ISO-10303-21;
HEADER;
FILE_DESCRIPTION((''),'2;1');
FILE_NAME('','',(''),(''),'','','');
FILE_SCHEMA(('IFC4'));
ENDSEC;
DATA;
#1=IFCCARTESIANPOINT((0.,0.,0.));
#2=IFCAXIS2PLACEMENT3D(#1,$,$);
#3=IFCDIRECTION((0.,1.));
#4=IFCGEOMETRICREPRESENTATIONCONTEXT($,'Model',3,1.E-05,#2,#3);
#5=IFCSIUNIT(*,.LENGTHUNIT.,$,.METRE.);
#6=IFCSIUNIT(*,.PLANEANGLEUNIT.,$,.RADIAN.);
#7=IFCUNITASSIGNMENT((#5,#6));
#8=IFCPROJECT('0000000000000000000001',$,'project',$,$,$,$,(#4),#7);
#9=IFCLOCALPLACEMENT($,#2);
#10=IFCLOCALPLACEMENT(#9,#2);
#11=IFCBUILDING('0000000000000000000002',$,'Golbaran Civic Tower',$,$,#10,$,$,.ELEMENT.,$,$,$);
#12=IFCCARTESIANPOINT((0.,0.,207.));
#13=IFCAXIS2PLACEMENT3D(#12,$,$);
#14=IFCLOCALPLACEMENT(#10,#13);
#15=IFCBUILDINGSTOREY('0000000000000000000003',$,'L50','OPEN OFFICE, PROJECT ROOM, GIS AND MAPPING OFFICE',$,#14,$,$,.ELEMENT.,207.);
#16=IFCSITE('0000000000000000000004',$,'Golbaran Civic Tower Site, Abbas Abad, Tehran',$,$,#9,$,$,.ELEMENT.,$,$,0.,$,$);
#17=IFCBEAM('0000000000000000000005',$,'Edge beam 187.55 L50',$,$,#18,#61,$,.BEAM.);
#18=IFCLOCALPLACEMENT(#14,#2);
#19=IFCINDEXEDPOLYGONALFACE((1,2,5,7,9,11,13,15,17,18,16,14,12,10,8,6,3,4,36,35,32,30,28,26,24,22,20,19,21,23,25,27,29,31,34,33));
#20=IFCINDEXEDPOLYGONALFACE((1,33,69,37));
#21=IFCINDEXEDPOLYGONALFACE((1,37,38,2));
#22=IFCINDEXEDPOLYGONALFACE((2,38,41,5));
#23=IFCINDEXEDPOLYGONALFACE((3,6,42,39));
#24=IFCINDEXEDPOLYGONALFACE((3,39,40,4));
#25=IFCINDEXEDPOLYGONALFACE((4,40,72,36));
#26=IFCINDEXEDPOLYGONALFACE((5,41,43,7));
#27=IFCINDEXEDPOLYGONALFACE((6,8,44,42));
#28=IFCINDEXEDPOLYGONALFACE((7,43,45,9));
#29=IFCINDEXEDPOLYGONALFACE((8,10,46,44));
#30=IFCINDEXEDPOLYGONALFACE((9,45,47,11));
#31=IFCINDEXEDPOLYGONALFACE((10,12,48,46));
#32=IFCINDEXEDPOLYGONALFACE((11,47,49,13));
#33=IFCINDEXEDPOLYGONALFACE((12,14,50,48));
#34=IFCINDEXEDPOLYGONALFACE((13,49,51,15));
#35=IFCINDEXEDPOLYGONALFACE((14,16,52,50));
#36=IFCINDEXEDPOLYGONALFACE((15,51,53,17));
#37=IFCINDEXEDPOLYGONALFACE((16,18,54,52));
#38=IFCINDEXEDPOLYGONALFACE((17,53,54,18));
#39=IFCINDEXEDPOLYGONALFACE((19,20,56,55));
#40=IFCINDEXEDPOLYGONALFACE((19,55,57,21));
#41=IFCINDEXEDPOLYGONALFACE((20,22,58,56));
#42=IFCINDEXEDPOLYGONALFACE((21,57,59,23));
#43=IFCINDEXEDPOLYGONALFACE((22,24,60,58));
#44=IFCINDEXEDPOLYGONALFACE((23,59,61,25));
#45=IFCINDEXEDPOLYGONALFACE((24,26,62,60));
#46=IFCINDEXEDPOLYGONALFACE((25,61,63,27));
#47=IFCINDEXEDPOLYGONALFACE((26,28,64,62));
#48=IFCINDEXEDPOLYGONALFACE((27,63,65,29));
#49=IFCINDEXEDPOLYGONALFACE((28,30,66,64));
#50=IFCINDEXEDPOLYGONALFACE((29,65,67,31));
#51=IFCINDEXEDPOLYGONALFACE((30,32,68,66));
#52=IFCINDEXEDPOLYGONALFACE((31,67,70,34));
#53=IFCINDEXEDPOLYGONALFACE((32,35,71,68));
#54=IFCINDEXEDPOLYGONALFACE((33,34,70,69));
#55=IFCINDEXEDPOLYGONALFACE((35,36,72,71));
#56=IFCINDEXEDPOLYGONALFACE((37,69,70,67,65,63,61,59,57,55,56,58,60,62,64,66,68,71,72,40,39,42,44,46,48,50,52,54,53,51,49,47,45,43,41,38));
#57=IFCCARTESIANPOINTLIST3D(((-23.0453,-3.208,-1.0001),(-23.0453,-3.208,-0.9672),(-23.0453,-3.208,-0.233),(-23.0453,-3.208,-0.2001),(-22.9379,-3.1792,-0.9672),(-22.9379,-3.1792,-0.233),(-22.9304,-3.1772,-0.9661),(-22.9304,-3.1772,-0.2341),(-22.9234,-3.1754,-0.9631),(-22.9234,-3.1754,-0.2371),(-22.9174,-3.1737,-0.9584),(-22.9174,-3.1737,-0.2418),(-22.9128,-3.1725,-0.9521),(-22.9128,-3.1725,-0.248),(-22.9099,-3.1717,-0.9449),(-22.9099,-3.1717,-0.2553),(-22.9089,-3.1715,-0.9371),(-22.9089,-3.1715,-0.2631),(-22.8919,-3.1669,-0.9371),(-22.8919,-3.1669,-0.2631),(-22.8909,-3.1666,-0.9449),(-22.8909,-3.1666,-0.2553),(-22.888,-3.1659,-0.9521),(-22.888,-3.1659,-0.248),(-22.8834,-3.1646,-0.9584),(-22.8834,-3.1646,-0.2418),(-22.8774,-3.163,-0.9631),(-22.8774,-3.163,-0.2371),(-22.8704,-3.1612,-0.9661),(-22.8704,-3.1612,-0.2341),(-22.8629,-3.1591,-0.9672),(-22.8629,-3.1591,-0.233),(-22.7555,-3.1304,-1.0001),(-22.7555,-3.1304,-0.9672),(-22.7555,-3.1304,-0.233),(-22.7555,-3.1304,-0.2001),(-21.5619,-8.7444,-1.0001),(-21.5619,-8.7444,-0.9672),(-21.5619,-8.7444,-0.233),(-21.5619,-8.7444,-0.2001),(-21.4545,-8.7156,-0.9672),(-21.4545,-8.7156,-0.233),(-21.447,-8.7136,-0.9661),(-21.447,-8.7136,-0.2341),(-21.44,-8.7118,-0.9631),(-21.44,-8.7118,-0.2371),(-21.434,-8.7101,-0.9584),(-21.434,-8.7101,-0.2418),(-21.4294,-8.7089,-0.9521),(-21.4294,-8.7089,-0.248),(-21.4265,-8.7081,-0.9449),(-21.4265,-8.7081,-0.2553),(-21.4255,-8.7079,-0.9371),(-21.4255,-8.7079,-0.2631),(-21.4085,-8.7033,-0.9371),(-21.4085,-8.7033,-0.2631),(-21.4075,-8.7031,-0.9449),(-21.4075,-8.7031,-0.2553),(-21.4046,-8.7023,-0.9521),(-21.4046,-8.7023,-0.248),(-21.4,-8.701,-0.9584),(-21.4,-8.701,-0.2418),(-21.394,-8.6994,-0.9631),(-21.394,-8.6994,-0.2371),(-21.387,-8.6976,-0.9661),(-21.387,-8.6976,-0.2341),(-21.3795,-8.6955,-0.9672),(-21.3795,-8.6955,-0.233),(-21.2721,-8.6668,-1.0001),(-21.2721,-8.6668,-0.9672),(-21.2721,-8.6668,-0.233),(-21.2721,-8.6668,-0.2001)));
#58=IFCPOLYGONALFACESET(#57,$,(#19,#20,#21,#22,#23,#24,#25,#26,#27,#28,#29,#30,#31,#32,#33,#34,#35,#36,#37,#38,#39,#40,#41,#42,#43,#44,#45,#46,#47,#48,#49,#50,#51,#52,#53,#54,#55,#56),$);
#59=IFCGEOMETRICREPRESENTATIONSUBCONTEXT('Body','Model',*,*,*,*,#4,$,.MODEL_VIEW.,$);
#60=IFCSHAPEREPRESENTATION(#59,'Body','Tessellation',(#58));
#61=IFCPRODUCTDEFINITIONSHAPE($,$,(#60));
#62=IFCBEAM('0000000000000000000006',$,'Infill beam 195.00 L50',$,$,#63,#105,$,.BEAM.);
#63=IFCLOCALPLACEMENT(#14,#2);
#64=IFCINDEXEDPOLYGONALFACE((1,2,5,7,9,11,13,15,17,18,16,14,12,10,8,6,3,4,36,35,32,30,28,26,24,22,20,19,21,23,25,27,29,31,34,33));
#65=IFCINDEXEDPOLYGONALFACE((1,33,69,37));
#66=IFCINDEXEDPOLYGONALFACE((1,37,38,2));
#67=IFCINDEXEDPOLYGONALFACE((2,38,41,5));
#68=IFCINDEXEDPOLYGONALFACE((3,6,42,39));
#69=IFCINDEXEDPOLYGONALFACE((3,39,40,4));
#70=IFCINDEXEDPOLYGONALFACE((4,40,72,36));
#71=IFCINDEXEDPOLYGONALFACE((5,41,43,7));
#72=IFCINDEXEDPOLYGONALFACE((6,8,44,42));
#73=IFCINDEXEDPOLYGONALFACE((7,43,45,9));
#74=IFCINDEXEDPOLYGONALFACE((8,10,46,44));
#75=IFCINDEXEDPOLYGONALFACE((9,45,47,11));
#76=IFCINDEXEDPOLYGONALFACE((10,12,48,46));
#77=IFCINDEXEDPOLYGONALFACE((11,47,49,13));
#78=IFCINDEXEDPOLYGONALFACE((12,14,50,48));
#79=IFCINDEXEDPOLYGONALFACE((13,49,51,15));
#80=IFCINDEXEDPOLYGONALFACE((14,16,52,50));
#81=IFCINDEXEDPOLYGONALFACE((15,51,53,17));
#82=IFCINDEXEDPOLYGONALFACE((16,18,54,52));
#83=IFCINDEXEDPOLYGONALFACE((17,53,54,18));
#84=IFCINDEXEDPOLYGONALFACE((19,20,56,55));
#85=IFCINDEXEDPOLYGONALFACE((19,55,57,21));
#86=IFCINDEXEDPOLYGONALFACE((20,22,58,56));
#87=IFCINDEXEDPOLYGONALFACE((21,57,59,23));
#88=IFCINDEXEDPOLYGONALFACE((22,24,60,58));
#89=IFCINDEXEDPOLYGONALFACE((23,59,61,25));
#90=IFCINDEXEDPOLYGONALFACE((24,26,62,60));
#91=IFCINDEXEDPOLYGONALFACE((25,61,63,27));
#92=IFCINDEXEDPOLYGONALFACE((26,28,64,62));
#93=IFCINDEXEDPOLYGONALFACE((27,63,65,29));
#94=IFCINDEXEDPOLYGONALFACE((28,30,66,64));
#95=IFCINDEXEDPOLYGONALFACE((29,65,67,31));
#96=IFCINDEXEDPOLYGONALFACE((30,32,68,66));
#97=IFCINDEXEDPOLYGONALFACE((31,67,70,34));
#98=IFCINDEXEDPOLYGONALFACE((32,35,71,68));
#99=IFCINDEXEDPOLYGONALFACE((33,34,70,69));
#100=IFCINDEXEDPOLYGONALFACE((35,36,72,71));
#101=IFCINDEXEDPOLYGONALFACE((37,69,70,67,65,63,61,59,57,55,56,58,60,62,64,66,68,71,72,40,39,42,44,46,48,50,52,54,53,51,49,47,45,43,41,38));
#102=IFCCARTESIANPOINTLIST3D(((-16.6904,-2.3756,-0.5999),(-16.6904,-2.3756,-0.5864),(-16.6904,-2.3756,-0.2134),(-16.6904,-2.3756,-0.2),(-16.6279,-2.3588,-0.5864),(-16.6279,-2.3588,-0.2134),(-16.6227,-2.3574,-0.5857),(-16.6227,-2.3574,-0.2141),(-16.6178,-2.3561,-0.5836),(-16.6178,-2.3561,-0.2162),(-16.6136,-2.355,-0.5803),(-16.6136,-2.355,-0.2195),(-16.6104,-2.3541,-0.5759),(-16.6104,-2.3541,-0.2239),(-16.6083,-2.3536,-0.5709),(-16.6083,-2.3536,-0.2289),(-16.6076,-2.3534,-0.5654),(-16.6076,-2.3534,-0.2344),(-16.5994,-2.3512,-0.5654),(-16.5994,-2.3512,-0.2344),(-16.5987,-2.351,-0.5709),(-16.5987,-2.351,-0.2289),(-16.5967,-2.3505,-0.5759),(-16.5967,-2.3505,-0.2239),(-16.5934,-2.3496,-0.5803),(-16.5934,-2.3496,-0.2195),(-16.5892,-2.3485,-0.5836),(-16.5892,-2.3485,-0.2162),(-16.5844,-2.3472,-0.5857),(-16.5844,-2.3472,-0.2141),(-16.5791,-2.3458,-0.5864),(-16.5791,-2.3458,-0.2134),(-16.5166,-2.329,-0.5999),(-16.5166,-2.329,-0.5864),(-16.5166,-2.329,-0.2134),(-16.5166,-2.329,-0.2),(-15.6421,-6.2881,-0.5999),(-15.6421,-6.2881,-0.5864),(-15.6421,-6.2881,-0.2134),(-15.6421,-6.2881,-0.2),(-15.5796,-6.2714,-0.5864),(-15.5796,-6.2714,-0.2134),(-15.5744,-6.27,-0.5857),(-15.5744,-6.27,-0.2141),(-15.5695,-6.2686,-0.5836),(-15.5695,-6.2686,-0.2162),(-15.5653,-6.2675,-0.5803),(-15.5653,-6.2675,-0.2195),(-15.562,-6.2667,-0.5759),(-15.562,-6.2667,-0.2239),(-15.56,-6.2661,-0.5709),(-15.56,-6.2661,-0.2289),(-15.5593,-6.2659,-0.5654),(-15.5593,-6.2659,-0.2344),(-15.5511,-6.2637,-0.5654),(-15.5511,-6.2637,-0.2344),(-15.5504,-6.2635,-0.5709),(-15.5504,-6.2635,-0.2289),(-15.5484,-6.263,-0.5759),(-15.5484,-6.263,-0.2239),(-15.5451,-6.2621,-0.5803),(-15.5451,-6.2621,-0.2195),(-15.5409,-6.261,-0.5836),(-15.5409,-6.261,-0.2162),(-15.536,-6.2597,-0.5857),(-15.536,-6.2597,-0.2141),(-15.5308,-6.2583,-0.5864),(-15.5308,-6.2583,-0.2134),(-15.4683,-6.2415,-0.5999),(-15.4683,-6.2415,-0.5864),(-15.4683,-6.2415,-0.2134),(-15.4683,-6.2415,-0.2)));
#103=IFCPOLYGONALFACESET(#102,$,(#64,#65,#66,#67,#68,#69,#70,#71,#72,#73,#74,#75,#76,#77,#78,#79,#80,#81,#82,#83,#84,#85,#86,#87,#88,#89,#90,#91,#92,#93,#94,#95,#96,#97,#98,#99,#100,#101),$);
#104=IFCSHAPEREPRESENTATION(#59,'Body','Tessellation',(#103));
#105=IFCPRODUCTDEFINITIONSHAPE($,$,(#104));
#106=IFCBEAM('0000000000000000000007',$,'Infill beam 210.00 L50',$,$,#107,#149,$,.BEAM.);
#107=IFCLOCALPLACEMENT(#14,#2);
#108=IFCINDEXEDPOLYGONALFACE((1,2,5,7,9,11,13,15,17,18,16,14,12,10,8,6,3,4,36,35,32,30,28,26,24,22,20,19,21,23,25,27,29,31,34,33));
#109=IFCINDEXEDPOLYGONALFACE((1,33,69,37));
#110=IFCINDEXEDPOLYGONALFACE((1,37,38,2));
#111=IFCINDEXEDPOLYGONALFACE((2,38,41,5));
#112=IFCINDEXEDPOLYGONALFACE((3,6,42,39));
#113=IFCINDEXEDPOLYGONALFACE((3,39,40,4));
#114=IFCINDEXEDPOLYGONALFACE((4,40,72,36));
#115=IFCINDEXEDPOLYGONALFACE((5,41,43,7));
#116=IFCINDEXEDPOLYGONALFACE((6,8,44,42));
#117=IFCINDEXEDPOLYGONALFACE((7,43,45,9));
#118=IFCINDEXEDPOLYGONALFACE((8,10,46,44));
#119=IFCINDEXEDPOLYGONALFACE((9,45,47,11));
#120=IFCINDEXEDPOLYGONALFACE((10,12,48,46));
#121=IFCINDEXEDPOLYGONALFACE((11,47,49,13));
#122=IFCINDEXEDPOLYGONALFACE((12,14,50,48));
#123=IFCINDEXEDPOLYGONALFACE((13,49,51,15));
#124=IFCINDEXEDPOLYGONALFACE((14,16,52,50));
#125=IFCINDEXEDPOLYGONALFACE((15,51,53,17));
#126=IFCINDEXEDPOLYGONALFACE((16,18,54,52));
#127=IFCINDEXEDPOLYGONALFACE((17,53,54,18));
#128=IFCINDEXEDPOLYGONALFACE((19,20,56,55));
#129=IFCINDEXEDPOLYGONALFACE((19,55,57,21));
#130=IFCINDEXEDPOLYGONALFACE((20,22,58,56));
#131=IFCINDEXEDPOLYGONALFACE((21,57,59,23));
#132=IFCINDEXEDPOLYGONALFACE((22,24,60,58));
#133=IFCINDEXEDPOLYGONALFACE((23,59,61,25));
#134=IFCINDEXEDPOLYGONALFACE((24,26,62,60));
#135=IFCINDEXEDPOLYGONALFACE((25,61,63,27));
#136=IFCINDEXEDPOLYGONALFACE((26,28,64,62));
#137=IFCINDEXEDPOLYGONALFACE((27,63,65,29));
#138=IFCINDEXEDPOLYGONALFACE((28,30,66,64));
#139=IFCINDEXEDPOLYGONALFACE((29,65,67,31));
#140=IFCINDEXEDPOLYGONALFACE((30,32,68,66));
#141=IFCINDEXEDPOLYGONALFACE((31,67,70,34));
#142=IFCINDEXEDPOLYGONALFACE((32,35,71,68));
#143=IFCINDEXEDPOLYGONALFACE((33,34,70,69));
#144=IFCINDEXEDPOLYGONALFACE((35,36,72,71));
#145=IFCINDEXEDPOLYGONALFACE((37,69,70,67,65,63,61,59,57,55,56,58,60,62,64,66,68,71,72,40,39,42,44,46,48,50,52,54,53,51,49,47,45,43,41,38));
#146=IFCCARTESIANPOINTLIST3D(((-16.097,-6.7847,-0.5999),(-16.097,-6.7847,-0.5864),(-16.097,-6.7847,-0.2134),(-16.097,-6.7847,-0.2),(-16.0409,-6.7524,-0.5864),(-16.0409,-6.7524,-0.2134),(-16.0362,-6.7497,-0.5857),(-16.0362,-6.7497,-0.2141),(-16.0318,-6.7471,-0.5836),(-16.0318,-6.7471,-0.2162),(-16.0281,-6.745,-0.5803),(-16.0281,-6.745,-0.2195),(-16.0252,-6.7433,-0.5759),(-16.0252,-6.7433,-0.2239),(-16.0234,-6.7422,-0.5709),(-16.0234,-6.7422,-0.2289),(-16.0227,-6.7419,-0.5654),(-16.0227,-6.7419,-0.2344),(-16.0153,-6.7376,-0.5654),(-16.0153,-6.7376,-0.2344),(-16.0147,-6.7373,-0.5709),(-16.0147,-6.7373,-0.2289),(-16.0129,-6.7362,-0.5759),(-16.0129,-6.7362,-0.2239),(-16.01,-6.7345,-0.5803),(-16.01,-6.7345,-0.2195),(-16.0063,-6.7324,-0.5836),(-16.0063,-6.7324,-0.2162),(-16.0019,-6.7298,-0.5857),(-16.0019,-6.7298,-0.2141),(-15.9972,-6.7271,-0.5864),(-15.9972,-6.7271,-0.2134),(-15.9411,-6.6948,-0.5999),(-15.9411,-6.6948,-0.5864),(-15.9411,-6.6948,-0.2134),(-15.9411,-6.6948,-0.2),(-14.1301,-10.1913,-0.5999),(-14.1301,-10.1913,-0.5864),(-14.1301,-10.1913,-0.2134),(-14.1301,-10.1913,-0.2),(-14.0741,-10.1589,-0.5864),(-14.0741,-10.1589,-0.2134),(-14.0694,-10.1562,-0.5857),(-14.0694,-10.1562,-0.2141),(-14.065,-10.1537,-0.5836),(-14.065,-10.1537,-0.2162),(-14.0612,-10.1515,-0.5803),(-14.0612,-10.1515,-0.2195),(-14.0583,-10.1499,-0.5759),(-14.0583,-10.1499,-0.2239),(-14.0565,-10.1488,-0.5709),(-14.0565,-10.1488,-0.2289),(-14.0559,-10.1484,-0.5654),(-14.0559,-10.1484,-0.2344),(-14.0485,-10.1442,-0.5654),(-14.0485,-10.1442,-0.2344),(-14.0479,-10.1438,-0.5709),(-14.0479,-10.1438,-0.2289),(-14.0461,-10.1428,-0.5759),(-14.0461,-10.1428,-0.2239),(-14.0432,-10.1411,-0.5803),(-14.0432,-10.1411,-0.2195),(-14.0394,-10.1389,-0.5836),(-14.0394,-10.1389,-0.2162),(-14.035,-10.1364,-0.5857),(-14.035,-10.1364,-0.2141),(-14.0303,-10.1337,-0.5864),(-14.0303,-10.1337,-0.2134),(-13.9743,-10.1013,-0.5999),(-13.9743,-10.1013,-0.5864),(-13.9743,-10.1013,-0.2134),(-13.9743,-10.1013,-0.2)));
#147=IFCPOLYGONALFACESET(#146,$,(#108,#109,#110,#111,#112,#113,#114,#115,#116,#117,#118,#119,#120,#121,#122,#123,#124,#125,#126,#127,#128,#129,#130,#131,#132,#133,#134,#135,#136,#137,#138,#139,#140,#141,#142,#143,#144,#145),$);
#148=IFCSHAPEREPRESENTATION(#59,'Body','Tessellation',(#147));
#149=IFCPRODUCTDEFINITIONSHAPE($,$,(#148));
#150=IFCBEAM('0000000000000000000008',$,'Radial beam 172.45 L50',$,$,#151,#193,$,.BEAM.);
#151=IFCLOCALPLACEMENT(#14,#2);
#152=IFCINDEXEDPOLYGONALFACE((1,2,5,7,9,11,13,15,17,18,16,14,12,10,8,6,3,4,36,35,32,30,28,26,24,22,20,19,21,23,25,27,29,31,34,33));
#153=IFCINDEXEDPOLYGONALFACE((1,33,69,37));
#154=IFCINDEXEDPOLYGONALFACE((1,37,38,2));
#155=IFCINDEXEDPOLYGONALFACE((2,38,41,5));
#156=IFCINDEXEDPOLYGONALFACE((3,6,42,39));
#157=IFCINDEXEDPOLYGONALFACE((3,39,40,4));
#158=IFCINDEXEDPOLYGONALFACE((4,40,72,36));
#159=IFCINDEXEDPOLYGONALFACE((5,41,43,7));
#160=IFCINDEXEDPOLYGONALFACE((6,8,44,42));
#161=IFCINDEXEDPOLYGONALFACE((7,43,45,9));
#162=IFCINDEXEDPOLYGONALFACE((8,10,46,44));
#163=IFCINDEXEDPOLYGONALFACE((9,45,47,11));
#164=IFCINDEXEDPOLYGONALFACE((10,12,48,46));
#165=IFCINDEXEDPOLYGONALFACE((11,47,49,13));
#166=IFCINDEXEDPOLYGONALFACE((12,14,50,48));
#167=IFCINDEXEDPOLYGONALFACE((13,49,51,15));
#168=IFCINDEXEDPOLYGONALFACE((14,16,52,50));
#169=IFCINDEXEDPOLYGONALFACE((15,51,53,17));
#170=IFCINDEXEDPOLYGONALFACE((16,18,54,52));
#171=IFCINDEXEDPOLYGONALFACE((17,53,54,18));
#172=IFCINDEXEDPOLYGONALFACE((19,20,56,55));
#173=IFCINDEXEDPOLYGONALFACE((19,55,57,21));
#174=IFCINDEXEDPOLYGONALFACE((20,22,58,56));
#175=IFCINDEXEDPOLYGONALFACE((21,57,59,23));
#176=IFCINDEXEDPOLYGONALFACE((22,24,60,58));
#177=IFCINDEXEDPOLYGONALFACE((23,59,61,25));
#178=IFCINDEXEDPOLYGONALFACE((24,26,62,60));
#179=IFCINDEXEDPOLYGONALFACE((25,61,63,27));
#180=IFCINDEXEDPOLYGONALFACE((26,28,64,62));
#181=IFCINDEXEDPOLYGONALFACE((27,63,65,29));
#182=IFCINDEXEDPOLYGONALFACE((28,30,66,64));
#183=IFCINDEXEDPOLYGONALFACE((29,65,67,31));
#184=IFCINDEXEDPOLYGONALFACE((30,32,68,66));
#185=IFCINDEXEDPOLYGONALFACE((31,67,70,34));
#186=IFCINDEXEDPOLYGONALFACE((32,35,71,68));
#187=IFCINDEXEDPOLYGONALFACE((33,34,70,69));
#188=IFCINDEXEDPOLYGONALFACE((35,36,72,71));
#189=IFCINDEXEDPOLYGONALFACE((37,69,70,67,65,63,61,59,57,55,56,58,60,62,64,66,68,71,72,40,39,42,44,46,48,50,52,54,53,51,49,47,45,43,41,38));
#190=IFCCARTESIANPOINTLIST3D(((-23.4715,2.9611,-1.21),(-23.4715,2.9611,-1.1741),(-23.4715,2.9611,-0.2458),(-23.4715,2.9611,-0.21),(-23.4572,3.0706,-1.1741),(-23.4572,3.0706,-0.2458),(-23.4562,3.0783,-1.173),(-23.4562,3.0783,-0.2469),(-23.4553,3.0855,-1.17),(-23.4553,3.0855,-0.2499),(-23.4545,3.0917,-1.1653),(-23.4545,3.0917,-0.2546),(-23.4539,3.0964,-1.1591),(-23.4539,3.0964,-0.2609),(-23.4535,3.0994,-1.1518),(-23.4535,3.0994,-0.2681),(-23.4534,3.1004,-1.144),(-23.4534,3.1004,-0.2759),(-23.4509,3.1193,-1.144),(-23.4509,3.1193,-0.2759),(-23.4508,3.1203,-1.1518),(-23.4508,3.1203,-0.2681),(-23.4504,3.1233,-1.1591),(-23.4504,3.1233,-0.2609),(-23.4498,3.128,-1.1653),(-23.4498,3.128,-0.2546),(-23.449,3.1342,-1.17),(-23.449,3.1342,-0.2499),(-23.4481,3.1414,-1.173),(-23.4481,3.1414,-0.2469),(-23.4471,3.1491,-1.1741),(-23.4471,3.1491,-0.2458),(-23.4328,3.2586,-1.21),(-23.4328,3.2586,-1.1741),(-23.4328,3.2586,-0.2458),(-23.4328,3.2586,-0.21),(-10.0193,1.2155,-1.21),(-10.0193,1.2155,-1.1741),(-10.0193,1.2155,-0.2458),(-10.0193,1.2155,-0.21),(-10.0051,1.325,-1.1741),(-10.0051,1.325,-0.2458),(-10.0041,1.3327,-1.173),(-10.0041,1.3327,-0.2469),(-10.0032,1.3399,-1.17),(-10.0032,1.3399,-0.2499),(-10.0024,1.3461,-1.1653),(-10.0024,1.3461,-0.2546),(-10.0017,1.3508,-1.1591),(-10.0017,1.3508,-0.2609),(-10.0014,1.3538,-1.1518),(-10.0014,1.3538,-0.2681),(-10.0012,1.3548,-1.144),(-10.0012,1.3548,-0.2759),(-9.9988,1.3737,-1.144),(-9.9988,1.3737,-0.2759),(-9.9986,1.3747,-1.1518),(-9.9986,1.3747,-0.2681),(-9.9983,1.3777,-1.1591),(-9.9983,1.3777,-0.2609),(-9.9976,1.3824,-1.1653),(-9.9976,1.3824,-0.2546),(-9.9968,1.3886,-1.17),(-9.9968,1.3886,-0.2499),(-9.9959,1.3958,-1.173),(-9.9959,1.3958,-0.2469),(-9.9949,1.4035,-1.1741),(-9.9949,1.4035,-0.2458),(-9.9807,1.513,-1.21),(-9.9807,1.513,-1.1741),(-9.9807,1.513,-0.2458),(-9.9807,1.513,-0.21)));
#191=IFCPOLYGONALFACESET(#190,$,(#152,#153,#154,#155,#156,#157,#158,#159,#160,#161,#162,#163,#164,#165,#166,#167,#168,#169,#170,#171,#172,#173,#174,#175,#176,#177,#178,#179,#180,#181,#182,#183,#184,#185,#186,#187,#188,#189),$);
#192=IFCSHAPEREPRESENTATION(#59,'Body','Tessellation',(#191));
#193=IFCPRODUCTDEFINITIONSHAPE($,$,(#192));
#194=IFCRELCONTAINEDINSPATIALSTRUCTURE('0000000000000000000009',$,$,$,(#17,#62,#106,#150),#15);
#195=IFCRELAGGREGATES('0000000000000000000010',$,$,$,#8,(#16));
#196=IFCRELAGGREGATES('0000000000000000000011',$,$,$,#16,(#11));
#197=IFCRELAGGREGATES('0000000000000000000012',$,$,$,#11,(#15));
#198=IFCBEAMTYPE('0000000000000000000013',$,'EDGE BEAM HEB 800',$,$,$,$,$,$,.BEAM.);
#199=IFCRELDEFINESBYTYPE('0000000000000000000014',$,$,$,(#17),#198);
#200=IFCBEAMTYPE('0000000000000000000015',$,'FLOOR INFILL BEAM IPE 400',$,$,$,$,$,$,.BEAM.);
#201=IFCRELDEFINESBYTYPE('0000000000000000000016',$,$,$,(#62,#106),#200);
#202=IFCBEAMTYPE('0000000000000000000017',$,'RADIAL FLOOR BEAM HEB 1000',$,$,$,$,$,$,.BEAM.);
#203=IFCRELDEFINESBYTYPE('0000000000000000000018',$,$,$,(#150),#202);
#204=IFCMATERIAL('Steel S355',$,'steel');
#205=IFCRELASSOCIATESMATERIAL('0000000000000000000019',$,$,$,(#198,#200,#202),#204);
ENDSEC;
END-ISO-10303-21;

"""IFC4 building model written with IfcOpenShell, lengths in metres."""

from ifc_helpers import new_model, si_unit, direction, frame, origin, origin_2d, place, context, subcontext, project, spatial, i_section, extrude, material, material_profile, profile_set, type_object, element, save


model = new_model("IFC4")

# Units and contexts
model_context = context("Model", 3, precision=1e-05, world=origin(), true_north=direction((0.0, 1.0)))
body_context = subcontext(model_context, "Body", "Model", "MODEL_VIEW")
ifc_project = project(units=[si_unit("LENGTHUNIT", "METRE"), si_unit("PLANEANGLEUNIT", "RADIAN")], contexts=[model_context])

# Site, building, storey
site_placement = place(None, origin())
site = spatial("IfcSite", under=ifc_project, at=site_placement, Name="Golbaran Civic Tower Site, Abbas Abad, Tehran", CompositionType="ELEMENT", RefElevation=0.0)
building_placement = place(site_placement, origin())
building = spatial("IfcBuilding", under=site, at=building_placement, Name="Golbaran Civic Tower", CompositionType="ELEMENT")
storey_placement = place(building_placement, frame((0.0, 0.0, 207.0)))
storey = spatial("IfcBuildingStorey", under=building, at=storey_placement, Name="L50", Description="OPEN OFFICE, PROJECT ROOM, GIS AND MAPPING OFFICE", CompositionType="ELEMENT", Elevation=207.0)

# Beams
ifc_material_1 = material(Name="Steel S355", Category="steel")
ifc_material_profile_1 = material_profile(ifc_material_1, i_section(OverallWidth=0.3, OverallDepth=0.8, WebThickness=0.0176, FlangeThickness=0.033, FilletRadius=0.03, at=origin_2d()), Name="HEB 800")
ifc_profile_set_1 = profile_set([ifc_material_profile_1], Name="Steel S355")
beam_type_1 = type_object("IfcBeamType", Name="EDGE BEAM HEB 800", PredefinedType="BEAM", material=ifc_profile_set_1)
beam_1_placement = place(storey_placement, frame((-22.9004, -3.1692, -0.6001), z_axis=(0.258808, -0.965929, 0.0), x_axis=(0.965929, 0.258808, 0.0)))
element("IfcBeam", 1, at=beam_1_placement, inside=storey, type_object=beam_type_1, Name="Edge beam 187.55 L50", PredefinedType="BEAM", context=body_context, shape_type="SweptSolid", body=[
    extrude(i_section(OverallWidth=0.3, OverallDepth=0.8, WebThickness=0.0176, FlangeThickness=0.033, FilletRadius=0.03, at=origin_2d()), origin(), (0.0, 0.0, 1.0), 5.7317),
])
ifc_material_profile_2 = material_profile(ifc_material_1, i_section(OverallWidth=0.1799, OverallDepth=0.3999, WebThickness=0.0085, FlangeThickness=0.0134, FilletRadius=0.021, at=origin_2d()), Name="IPE 400")
ifc_profile_set_2 = profile_set([ifc_material_profile_2], Name="Steel S355")
beam_type_2 = type_object("IfcBeamType", Name="FLOOR INFILL BEAM IPE 400", PredefinedType="BEAM", material=ifc_profile_set_2)
beam_2_placement = place(storey_placement, frame((-16.6035, -2.3523, -0.3999), z_axis=(0.25881, -0.965928, 0.0), x_axis=(0.965928, 0.25881, 0.0)))
element("IfcBeam", 2, at=beam_2_placement, inside=storey, type_object=beam_type_2, Name="Infill beam 195.00 L50", PredefinedType="BEAM", context=body_context, shape_type="SweptSolid", body=[
    extrude(i_section(OverallWidth=0.1799, OverallDepth=0.3999, WebThickness=0.0085, FlangeThickness=0.0134, FilletRadius=0.021, at=origin_2d()), origin(), (0.0, 0.0, 1.0), 4.0505),
])
beam_3_placement = place(storey_placement, frame((-16.019, -6.7397, -0.3999), z_axis=(0.500011, -0.866019, 0.0), x_axis=(0.866019, 0.500011, 0.0)))
element("IfcBeam", 3, at=beam_3_placement, inside=storey, type_object=beam_type_2, Name="Infill beam 210.00 L50", PredefinedType="BEAM", context=body_context, shape_type="SweptSolid", body=[
    extrude(i_section(OverallWidth=0.1799, OverallDepth=0.3999, WebThickness=0.0085, FlangeThickness=0.0134, FilletRadius=0.021, at=origin_2d()), origin(), (0.0, 0.0, 1.0), 3.9336),
])
ifc_material_profile_3 = material_profile(ifc_material_1, i_section(OverallWidth=0.3, OverallDepth=1.0, WebThickness=0.019, FlangeThickness=0.0359, FilletRadius=0.03, at=origin_2d()), Name="HEB 1000")
ifc_profile_set_3 = profile_set([ifc_material_profile_3], Name="Steel S355")
beam_type_3 = type_object("IfcBeamType", Name="RADIAL FLOOR BEAM HEB 1000", PredefinedType="BEAM", material=ifc_profile_set_3)
for number, where, z_axis, x_axis, name in (
    (4, (-10.0, 1.3643, -0.71), (-0.991686, 0.128685, 0.0), (-0.128685, -0.991686, 0.0), "Radial beam 172.45 L50"),
):
    element("IfcBeam", number, at=place(storey_placement, frame(where, z_axis=z_axis, x_axis=x_axis)), inside=storey, type_object=beam_type_3, Name=name, PredefinedType="BEAM", context=body_context, shape_type="SweptSolid", body=[
        extrude(i_section(OverallWidth=0.3, OverallDepth=1.0, WebThickness=0.019, FlangeThickness=0.0359, FilletRadius=0.03, at=origin_2d()), origin(), (0.0, 0.0, 1.0), 13.5649),
    ])

save(model, "model.ifc")
